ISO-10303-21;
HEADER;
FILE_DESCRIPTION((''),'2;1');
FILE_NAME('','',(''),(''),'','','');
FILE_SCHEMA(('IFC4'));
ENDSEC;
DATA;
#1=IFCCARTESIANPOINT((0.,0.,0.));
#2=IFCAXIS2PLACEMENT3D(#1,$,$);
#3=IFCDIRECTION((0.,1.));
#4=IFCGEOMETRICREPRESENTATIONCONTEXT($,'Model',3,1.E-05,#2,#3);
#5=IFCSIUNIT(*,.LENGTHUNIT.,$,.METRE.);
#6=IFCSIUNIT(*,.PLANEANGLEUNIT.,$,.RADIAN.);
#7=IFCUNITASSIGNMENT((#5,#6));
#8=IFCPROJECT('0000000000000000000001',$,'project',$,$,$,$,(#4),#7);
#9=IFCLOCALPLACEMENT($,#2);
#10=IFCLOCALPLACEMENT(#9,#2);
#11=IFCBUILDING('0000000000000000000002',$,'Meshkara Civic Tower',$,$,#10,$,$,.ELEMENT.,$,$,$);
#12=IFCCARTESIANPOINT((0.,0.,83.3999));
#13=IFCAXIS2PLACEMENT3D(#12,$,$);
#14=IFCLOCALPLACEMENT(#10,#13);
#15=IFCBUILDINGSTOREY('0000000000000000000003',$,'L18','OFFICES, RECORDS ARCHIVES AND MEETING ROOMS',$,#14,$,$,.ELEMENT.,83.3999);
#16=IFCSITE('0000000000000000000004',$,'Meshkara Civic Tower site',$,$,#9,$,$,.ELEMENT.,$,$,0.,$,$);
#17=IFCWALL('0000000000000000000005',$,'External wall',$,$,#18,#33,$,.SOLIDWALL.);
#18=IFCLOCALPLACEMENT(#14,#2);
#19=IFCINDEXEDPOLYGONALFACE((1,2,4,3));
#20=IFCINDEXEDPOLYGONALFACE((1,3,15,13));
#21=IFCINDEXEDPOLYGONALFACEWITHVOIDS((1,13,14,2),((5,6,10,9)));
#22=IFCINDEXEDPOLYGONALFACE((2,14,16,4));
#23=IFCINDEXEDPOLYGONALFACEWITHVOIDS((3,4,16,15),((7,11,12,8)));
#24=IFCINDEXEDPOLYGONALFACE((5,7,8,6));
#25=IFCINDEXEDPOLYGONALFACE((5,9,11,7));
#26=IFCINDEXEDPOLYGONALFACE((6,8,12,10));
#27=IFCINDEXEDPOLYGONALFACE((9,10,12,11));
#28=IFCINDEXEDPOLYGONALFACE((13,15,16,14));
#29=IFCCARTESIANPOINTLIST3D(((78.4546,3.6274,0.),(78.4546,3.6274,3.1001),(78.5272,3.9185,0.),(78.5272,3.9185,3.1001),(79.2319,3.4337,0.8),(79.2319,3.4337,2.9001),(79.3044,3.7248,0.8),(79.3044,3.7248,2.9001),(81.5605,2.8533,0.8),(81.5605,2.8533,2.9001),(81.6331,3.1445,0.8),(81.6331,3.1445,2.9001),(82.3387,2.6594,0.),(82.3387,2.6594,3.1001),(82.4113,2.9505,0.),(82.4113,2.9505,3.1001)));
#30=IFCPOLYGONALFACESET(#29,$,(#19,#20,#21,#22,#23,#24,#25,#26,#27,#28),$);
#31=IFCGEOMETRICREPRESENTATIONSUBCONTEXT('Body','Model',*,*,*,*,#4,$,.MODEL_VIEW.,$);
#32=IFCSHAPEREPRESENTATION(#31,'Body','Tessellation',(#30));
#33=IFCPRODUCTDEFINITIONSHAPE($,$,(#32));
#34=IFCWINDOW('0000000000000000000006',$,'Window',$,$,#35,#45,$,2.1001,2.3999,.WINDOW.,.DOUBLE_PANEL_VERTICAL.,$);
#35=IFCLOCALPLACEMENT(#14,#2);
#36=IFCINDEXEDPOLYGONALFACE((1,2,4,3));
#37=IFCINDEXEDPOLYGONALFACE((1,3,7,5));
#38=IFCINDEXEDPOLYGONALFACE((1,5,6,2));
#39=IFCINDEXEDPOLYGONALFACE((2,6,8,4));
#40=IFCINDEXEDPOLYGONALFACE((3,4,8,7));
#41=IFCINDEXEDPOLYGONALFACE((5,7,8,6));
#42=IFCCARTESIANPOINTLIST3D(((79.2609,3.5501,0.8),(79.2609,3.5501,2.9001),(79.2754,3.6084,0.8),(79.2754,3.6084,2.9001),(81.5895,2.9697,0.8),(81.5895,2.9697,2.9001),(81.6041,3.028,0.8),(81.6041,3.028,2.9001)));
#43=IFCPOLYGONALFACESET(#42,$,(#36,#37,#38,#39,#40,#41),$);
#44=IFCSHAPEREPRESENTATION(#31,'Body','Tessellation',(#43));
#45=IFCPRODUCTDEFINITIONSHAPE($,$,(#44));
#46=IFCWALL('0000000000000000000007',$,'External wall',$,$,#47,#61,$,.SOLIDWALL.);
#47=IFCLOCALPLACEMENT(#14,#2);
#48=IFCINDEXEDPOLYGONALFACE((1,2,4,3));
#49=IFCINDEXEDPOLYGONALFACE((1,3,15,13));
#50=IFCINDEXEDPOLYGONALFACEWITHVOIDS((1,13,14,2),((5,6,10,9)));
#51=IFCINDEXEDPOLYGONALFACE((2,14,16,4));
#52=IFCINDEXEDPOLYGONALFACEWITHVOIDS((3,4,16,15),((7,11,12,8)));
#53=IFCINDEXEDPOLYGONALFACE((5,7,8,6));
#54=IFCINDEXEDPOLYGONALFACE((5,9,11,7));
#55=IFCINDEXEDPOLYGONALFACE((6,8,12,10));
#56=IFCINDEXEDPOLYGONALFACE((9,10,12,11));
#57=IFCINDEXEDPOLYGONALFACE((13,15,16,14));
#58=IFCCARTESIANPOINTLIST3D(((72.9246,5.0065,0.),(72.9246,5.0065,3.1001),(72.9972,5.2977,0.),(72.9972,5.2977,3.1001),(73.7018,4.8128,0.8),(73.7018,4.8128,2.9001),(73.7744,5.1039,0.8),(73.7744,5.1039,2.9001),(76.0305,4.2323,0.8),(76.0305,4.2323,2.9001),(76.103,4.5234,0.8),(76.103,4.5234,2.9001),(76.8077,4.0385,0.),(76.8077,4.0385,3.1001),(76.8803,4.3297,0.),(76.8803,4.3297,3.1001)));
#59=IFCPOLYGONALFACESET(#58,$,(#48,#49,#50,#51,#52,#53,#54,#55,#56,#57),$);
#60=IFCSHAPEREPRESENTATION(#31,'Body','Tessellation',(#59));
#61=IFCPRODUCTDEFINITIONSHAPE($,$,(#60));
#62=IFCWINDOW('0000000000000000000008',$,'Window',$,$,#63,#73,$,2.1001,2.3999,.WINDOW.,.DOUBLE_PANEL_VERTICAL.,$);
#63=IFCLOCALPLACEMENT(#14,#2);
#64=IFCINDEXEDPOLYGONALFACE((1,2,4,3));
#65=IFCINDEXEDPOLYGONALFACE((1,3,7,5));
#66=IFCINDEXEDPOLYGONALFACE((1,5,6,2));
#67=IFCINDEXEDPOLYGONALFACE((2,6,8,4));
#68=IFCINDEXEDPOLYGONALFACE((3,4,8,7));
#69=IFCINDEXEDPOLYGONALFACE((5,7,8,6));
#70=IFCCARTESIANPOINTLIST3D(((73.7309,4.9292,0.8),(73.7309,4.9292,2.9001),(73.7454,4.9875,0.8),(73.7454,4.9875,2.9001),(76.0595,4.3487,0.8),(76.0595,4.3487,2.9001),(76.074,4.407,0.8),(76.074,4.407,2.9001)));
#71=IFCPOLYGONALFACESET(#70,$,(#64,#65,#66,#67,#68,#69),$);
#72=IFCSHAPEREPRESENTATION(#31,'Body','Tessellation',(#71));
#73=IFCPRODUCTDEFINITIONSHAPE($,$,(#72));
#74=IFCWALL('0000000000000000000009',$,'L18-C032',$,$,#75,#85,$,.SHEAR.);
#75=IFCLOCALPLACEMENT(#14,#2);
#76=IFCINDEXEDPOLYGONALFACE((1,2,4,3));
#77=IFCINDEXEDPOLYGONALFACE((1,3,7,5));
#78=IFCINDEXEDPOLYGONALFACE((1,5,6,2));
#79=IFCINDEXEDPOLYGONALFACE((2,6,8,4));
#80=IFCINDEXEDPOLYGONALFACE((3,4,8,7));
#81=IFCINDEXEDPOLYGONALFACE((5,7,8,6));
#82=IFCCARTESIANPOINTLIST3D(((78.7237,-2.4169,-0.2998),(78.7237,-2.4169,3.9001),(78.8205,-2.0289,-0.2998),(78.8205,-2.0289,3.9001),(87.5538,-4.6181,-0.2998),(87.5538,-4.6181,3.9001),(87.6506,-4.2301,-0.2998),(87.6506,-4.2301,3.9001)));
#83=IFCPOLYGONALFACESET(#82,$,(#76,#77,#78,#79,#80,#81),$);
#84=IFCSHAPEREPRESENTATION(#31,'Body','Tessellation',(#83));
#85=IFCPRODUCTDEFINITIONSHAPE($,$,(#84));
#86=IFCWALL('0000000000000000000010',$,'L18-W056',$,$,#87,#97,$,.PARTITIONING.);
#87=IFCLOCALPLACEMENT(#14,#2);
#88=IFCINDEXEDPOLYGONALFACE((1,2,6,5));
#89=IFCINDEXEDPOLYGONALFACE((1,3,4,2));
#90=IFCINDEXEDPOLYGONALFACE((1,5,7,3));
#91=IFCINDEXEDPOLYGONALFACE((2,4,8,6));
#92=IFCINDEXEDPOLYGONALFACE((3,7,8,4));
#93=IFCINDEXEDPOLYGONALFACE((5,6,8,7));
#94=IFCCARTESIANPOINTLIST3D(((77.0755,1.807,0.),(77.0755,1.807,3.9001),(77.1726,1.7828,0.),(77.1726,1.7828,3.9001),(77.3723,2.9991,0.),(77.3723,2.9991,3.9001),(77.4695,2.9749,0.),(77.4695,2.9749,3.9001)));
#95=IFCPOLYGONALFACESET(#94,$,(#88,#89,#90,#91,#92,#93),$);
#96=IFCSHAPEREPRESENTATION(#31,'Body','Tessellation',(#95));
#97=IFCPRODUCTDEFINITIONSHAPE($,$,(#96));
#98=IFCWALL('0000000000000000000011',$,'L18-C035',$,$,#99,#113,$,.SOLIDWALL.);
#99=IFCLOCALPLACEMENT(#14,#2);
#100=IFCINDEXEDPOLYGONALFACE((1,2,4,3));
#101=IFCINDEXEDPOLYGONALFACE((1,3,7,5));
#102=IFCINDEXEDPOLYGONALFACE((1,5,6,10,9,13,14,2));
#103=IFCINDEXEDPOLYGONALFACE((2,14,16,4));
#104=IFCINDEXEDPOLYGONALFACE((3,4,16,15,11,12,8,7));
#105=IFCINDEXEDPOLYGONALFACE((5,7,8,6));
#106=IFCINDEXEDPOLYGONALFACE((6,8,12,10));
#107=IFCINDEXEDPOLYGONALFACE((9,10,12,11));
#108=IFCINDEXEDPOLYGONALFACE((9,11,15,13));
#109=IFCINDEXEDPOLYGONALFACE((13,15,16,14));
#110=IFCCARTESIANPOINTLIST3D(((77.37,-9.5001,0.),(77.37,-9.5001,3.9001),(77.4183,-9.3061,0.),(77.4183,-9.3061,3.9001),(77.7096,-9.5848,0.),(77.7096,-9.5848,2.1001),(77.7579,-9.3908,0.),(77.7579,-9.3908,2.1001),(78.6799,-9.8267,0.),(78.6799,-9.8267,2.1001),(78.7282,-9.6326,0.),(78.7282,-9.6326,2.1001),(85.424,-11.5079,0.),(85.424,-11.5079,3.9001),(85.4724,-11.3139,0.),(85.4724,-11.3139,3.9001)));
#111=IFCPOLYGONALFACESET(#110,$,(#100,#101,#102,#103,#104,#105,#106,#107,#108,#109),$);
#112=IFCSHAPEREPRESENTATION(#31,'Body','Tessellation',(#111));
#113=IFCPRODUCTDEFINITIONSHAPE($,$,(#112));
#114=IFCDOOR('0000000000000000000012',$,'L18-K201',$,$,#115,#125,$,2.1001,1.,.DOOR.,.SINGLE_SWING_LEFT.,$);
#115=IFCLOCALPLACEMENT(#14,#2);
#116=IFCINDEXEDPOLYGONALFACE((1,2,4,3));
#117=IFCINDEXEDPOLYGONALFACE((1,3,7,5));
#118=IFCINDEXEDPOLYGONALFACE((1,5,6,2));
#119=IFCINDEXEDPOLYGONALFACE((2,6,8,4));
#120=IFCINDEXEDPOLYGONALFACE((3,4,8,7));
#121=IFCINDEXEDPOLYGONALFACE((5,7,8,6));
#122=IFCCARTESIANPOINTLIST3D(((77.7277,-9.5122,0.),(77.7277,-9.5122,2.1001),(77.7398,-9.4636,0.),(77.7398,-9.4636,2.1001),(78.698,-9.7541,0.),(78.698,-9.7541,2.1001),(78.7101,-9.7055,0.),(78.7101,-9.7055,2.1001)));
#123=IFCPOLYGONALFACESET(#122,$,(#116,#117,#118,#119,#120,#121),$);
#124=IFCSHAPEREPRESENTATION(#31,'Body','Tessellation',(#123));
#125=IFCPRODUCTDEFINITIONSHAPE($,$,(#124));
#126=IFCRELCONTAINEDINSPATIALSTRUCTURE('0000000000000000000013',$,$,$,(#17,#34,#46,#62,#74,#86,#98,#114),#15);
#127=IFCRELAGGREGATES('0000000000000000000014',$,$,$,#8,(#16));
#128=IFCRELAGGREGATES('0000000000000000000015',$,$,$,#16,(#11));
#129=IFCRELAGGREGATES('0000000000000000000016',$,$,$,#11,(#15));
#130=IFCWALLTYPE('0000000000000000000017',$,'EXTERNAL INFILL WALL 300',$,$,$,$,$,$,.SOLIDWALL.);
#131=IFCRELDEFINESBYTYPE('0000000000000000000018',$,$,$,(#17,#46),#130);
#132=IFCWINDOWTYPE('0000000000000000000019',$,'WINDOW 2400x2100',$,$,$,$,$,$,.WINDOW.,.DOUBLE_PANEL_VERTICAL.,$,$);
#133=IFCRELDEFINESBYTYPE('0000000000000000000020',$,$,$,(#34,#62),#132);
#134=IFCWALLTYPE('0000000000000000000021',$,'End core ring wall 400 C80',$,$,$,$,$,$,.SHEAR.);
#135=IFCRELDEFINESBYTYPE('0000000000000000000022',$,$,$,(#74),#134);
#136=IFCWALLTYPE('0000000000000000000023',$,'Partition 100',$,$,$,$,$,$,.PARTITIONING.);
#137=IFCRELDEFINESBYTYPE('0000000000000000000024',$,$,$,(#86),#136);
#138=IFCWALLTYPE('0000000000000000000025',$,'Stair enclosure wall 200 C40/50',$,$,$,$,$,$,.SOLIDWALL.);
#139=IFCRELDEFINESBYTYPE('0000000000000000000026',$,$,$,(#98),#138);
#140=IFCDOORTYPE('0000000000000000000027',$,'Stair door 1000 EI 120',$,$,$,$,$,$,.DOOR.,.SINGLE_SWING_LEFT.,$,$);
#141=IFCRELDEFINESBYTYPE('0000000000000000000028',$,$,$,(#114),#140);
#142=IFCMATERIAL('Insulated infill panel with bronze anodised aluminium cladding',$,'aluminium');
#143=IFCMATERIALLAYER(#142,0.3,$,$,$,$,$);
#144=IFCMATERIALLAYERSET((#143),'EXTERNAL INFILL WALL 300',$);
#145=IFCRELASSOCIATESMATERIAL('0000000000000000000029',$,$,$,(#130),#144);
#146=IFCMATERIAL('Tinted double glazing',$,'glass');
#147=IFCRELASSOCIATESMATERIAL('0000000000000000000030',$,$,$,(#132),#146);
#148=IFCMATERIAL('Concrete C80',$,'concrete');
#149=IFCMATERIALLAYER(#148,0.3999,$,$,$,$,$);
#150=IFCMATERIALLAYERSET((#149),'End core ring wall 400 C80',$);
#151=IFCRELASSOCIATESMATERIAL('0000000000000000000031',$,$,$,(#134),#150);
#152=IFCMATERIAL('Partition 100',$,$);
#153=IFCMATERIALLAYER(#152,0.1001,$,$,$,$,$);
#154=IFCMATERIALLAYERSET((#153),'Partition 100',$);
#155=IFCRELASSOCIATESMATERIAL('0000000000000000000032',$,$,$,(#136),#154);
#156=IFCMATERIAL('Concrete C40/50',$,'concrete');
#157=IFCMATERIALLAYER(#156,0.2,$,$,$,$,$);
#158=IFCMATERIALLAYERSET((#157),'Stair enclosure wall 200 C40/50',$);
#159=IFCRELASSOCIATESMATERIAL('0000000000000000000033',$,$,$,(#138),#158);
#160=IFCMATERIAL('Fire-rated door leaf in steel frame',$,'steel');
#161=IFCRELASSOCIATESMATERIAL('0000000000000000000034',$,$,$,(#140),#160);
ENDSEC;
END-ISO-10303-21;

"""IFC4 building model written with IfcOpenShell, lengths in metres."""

from ifc_helpers import new_model, si_unit, direction, frame, frame_2d, origin, place, context, subcontext, project, spatial, rectangle, extrude, material, layer, layer_set, type_object, element, fill, save


model = new_model("IFC4")

# Units and contexts
model_context = context("Model", 3, precision=1e-05, world=origin(), true_north=direction((0.0, 1.0)))
body_context = subcontext(model_context, "Body", "Model", "MODEL_VIEW")
ifc_project = project(units=[si_unit("LENGTHUNIT", "METRE"), si_unit("PLANEANGLEUNIT", "RADIAN")], contexts=[model_context])

# Site, building, storey
site_placement = place(None, origin())
site = spatial("IfcSite", under=ifc_project, at=site_placement, Name="Meshkara Civic Tower site", CompositionType="ELEMENT", RefElevation=0.0)
building_placement = place(site_placement, origin())
building = spatial("IfcBuilding", under=site, at=building_placement, Name="Meshkara Civic Tower", CompositionType="ELEMENT")
storey_placement = place(building_placement, frame((0.0, 0.0, 83.3999)))
storey = spatial("IfcBuildingStorey", under=building, at=storey_placement, Name="L18", Description="OFFICES, RECORDS ARCHIVES AND MEETING ROOMS", CompositionType="ELEMENT", Elevation=83.3999)

# Walls, openings, windows
ifc_material_1 = material(Name="Insulated infill panel with bronze anodised aluminium cladding", Category="aluminium")
ifc_layer_1 = layer(ifc_material_1, 0.3)
ifc_layer_set_1 = layer_set([ifc_layer_1], Name="EXTERNAL INFILL WALL 300")
wall_type_1 = type_object("IfcWallType", Name="EXTERNAL INFILL WALL 300", PredefinedType="SOLIDWALL", material=ifc_layer_set_1)
wall_1_placement = place(storey_placement, frame((82.375, 2.8049, 0.0), z_axis=(0.0, 0.0, 1.0), x_axis=(-0.970318, 0.241832, 0.0)))
wall_1 = element("IfcWall", 1, at=wall_1_placement, inside=storey, type_object=wall_type_1, Name="External wall", PredefinedType="SOLIDWALL", context=body_context, shape_type="SweptSolid", body=[
    extrude(rectangle(XDim=4.0029, YDim=0.3, at=frame_2d((2.0015, 0.0))), origin(), (0.0, 0.0, 1.0), 3.1001),
])
opening_1_placement = place(wall_1_placement, frame((0.802, 0.0, 0.8)))
opening_1 = element("IfcOpeningElement", 2, at=opening_1_placement, cuts=wall_1, PredefinedType="OPENING", context=body_context, shape_type="SweptSolid", body=[
    extrude(rectangle(XDim=2.3999, YDim=2.1001, at=frame_2d((1.2, 1.05))), frame((0.0, 0.1599, 0.0), z_axis=(0.0, -1.0, 0.0), x_axis=(1.0, 0.0, 0.0)), (0.0, 0.0, 1.0), 0.3201),
])
ifc_material_2 = material(Name="Tinted double glazing", Category="glass")
window_type = type_object("IfcWindowType", Name="WINDOW 2400x2100", PartitioningType="DOUBLE_PANEL_VERTICAL", PredefinedType="WINDOW", material=ifc_material_2)
window_1_placement = place(opening_1_placement, origin())
window_1 = element("IfcWindow", 3, at=window_1_placement, inside=storey, type_object=window_type, Name="Window", OverallHeight=2.1001, OverallWidth=2.3999, PartitioningType="DOUBLE_PANEL_VERTICAL", PredefinedType="WINDOW", context=body_context, shape_type="SweptSolid", body=[
    extrude(rectangle(XDim=2.3999, YDim=2.1001, at=frame_2d((1.2, 1.05))), frame((0.0, 0.03, 0.0), z_axis=(0.0, -1.0, 0.0), x_axis=(1.0, 0.0, 0.0)), (0.0, 0.0, 1.0), 0.0601),
])
fill(opening_1, window_1)
wall_2_placement = place(storey_placement, frame((76.844, 4.1841, 0.0), z_axis=(0.0, 0.0, 1.0), x_axis=(-0.970304, 0.24189, 0.0)))
wall_2 = element("IfcWall", 4, at=wall_2_placement, inside=storey, type_object=wall_type_1, Name="External wall", PredefinedType="SOLIDWALL", context=body_context, shape_type="SweptSolid", body=[
    extrude(rectangle(XDim=4.002, YDim=0.3, at=frame_2d((2.001, 0.0))), origin(), (0.0, 0.0, 1.0), 3.1001),
])
opening_2_placement = place(wall_2_placement, frame((0.801, 0.0, 0.8)))
opening_2 = element("IfcOpeningElement", 5, at=opening_2_placement, cuts=wall_2, PredefinedType="OPENING", context=body_context, shape_type="SweptSolid", body=[
    extrude(rectangle(XDim=2.3999, YDim=2.1001, at=frame_2d((1.2, 1.05))), frame((0.0, 0.1599, 0.0), z_axis=(0.0, -1.0, 0.0), x_axis=(1.0, 0.0, 0.0)), (0.0, 0.0, 1.0), 0.3201),
])
window_2_placement = place(opening_2_placement, origin())
window_2 = element("IfcWindow", 6, at=window_2_placement, inside=storey, type_object=window_type, Name="Window", OverallHeight=2.1001, OverallWidth=2.3999, PartitioningType="DOUBLE_PANEL_VERTICAL", PredefinedType="WINDOW", context=body_context, shape_type="SweptSolid", body=[
    extrude(rectangle(XDim=2.3999, YDim=2.1001, at=frame_2d((1.2, 1.05))), frame((0.0, 0.03, 0.0), z_axis=(0.0, -1.0, 0.0), x_axis=(1.0, 0.0, 0.0)), (0.0, 0.0, 1.0), 0.0601),
])
fill(opening_2, window_2)

# Walls
ifc_material_3 = material(Name="Concrete C80", Category="concrete")
ifc_layer_2 = layer(ifc_material_3, 0.3999)
ifc_layer_set_2 = layer_set([ifc_layer_2], Name="End core ring wall 400 C80")
wall_type_2 = type_object("IfcWallType", Name="End core ring wall 400 C80", PredefinedType="SHEAR", material=ifc_layer_set_2)
wall_3_placement = place(storey_placement, frame((78.772, -2.2229, -0.2998), z_axis=(0.0, 0.0, 1.0), x_axis=(0.970306, -0.241879, 0.0)))
element("IfcWall", 7, at=wall_3_placement, inside=storey, type_object=wall_type_2, Name="L18-C032", PredefinedType="SHEAR", context=body_context, shape_type="SweptSolid", body=[
    extrude(rectangle(XDim=9.1003, YDim=0.3999, at=frame_2d((4.5503, 0.0))), origin(), (0.0, 0.0, 1.0), 4.2),
])
ifc_material_4 = material(Name="Partition 100")
ifc_layer_3 = layer(ifc_material_4, 0.1001)
ifc_layer_set_3 = layer_set([ifc_layer_3], Name="Partition 100")
wall_type_3 = type_object("IfcWallType", Name="Partition 100", PredefinedType="PARTITIONING", material=ifc_layer_set_3)
wall_4_placement = place(storey_placement, frame((77.124, 1.7949, 0.0), z_axis=(0.0, 0.0, 1.0), x_axis=(0.241647, 0.970364, 0.0)))
element("IfcWall", 8, at=wall_4_placement, inside=storey, type_object=wall_type_3, Name="L18-W056", PredefinedType="PARTITIONING", context=body_context, shape_type="SweptSolid", body=[
    extrude(rectangle(XDim=1.2285, YDim=0.1001, at=frame_2d((0.6143, 0.0))), origin(), (0.0, 0.0, 1.0), 3.9001),
])

# Wall, opening, door
ifc_material_5 = material(Name="Concrete C40/50", Category="concrete")
ifc_layer_4 = layer(ifc_material_5, 0.2)
ifc_layer_set_4 = layer_set([ifc_layer_4], Name="Stair enclosure wall 200 C40/50")
wall_type_4 = type_object("IfcWallType", Name="Stair enclosure wall 200 C40/50", PredefinedType="SOLIDWALL", material=ifc_layer_set_4)
wall_5_placement = place(storey_placement, frame((77.394, -9.4031, 0.0), z_axis=(0.0, 0.0, 1.0), x_axis=(0.970303, -0.241892, 0.0)))
wall_5 = element("IfcWall", 9, at=wall_5_placement, inside=storey, type_object=wall_type_4, Name="L18-C035", PredefinedType="SOLIDWALL", context=body_context, shape_type="SweptSolid", body=[
    extrude(rectangle(XDim=8.3005, YDim=0.2, at=frame_2d((4.1504, 0.0))), origin(), (0.0, 0.0, 1.0), 3.9001),
])
opening_3_placement = place(wall_5_placement, frame((0.3501, 0.0, 0.0)))
opening_3 = element("IfcOpeningElement", 10, at=opening_3_placement, cuts=wall_5, PredefinedType="OPENING", context=body_context, shape_type="SweptSolid", body=[
    extrude(rectangle(XDim=1.0, YDim=2.1001, at=frame_2d((0.5, 1.05))), frame((0.0, 0.1099, 0.0), z_axis=(0.0, -1.0, 0.0), x_axis=(1.0, 0.0, 0.0)), (0.0, 0.0, 1.0), 0.22),
])
ifc_material_6 = material(Name="Fire-rated door leaf in steel frame", Category="steel")
door_type_1 = type_object("IfcDoorType", Name="Stair door 1000 EI 120", OperationType="SINGLE_SWING_LEFT", PredefinedType="DOOR", material=ifc_material_6)
door_1_placement = place(opening_3_placement, origin())
door_1 = element("IfcDoor", 11, at=door_1_placement, inside=storey, type_object=door_type_1, Name="L18-K201", OperationType="SINGLE_SWING_LEFT", OverallHeight=2.1001, OverallWidth=1.0, PredefinedType="DOOR", context=body_context, shape_type="SweptSolid", body=[
    extrude(rectangle(XDim=1.0, YDim=2.1001, at=frame_2d((0.5, 1.05))), frame((0.0, 0.0249, 0.0), z_axis=(0.0, -1.0, 0.0), x_axis=(1.0, 0.0, 0.0)), (0.0, 0.0, 1.0), 0.05),
])
fill(opening_3, door_1)

save(model, "model.ifc")
